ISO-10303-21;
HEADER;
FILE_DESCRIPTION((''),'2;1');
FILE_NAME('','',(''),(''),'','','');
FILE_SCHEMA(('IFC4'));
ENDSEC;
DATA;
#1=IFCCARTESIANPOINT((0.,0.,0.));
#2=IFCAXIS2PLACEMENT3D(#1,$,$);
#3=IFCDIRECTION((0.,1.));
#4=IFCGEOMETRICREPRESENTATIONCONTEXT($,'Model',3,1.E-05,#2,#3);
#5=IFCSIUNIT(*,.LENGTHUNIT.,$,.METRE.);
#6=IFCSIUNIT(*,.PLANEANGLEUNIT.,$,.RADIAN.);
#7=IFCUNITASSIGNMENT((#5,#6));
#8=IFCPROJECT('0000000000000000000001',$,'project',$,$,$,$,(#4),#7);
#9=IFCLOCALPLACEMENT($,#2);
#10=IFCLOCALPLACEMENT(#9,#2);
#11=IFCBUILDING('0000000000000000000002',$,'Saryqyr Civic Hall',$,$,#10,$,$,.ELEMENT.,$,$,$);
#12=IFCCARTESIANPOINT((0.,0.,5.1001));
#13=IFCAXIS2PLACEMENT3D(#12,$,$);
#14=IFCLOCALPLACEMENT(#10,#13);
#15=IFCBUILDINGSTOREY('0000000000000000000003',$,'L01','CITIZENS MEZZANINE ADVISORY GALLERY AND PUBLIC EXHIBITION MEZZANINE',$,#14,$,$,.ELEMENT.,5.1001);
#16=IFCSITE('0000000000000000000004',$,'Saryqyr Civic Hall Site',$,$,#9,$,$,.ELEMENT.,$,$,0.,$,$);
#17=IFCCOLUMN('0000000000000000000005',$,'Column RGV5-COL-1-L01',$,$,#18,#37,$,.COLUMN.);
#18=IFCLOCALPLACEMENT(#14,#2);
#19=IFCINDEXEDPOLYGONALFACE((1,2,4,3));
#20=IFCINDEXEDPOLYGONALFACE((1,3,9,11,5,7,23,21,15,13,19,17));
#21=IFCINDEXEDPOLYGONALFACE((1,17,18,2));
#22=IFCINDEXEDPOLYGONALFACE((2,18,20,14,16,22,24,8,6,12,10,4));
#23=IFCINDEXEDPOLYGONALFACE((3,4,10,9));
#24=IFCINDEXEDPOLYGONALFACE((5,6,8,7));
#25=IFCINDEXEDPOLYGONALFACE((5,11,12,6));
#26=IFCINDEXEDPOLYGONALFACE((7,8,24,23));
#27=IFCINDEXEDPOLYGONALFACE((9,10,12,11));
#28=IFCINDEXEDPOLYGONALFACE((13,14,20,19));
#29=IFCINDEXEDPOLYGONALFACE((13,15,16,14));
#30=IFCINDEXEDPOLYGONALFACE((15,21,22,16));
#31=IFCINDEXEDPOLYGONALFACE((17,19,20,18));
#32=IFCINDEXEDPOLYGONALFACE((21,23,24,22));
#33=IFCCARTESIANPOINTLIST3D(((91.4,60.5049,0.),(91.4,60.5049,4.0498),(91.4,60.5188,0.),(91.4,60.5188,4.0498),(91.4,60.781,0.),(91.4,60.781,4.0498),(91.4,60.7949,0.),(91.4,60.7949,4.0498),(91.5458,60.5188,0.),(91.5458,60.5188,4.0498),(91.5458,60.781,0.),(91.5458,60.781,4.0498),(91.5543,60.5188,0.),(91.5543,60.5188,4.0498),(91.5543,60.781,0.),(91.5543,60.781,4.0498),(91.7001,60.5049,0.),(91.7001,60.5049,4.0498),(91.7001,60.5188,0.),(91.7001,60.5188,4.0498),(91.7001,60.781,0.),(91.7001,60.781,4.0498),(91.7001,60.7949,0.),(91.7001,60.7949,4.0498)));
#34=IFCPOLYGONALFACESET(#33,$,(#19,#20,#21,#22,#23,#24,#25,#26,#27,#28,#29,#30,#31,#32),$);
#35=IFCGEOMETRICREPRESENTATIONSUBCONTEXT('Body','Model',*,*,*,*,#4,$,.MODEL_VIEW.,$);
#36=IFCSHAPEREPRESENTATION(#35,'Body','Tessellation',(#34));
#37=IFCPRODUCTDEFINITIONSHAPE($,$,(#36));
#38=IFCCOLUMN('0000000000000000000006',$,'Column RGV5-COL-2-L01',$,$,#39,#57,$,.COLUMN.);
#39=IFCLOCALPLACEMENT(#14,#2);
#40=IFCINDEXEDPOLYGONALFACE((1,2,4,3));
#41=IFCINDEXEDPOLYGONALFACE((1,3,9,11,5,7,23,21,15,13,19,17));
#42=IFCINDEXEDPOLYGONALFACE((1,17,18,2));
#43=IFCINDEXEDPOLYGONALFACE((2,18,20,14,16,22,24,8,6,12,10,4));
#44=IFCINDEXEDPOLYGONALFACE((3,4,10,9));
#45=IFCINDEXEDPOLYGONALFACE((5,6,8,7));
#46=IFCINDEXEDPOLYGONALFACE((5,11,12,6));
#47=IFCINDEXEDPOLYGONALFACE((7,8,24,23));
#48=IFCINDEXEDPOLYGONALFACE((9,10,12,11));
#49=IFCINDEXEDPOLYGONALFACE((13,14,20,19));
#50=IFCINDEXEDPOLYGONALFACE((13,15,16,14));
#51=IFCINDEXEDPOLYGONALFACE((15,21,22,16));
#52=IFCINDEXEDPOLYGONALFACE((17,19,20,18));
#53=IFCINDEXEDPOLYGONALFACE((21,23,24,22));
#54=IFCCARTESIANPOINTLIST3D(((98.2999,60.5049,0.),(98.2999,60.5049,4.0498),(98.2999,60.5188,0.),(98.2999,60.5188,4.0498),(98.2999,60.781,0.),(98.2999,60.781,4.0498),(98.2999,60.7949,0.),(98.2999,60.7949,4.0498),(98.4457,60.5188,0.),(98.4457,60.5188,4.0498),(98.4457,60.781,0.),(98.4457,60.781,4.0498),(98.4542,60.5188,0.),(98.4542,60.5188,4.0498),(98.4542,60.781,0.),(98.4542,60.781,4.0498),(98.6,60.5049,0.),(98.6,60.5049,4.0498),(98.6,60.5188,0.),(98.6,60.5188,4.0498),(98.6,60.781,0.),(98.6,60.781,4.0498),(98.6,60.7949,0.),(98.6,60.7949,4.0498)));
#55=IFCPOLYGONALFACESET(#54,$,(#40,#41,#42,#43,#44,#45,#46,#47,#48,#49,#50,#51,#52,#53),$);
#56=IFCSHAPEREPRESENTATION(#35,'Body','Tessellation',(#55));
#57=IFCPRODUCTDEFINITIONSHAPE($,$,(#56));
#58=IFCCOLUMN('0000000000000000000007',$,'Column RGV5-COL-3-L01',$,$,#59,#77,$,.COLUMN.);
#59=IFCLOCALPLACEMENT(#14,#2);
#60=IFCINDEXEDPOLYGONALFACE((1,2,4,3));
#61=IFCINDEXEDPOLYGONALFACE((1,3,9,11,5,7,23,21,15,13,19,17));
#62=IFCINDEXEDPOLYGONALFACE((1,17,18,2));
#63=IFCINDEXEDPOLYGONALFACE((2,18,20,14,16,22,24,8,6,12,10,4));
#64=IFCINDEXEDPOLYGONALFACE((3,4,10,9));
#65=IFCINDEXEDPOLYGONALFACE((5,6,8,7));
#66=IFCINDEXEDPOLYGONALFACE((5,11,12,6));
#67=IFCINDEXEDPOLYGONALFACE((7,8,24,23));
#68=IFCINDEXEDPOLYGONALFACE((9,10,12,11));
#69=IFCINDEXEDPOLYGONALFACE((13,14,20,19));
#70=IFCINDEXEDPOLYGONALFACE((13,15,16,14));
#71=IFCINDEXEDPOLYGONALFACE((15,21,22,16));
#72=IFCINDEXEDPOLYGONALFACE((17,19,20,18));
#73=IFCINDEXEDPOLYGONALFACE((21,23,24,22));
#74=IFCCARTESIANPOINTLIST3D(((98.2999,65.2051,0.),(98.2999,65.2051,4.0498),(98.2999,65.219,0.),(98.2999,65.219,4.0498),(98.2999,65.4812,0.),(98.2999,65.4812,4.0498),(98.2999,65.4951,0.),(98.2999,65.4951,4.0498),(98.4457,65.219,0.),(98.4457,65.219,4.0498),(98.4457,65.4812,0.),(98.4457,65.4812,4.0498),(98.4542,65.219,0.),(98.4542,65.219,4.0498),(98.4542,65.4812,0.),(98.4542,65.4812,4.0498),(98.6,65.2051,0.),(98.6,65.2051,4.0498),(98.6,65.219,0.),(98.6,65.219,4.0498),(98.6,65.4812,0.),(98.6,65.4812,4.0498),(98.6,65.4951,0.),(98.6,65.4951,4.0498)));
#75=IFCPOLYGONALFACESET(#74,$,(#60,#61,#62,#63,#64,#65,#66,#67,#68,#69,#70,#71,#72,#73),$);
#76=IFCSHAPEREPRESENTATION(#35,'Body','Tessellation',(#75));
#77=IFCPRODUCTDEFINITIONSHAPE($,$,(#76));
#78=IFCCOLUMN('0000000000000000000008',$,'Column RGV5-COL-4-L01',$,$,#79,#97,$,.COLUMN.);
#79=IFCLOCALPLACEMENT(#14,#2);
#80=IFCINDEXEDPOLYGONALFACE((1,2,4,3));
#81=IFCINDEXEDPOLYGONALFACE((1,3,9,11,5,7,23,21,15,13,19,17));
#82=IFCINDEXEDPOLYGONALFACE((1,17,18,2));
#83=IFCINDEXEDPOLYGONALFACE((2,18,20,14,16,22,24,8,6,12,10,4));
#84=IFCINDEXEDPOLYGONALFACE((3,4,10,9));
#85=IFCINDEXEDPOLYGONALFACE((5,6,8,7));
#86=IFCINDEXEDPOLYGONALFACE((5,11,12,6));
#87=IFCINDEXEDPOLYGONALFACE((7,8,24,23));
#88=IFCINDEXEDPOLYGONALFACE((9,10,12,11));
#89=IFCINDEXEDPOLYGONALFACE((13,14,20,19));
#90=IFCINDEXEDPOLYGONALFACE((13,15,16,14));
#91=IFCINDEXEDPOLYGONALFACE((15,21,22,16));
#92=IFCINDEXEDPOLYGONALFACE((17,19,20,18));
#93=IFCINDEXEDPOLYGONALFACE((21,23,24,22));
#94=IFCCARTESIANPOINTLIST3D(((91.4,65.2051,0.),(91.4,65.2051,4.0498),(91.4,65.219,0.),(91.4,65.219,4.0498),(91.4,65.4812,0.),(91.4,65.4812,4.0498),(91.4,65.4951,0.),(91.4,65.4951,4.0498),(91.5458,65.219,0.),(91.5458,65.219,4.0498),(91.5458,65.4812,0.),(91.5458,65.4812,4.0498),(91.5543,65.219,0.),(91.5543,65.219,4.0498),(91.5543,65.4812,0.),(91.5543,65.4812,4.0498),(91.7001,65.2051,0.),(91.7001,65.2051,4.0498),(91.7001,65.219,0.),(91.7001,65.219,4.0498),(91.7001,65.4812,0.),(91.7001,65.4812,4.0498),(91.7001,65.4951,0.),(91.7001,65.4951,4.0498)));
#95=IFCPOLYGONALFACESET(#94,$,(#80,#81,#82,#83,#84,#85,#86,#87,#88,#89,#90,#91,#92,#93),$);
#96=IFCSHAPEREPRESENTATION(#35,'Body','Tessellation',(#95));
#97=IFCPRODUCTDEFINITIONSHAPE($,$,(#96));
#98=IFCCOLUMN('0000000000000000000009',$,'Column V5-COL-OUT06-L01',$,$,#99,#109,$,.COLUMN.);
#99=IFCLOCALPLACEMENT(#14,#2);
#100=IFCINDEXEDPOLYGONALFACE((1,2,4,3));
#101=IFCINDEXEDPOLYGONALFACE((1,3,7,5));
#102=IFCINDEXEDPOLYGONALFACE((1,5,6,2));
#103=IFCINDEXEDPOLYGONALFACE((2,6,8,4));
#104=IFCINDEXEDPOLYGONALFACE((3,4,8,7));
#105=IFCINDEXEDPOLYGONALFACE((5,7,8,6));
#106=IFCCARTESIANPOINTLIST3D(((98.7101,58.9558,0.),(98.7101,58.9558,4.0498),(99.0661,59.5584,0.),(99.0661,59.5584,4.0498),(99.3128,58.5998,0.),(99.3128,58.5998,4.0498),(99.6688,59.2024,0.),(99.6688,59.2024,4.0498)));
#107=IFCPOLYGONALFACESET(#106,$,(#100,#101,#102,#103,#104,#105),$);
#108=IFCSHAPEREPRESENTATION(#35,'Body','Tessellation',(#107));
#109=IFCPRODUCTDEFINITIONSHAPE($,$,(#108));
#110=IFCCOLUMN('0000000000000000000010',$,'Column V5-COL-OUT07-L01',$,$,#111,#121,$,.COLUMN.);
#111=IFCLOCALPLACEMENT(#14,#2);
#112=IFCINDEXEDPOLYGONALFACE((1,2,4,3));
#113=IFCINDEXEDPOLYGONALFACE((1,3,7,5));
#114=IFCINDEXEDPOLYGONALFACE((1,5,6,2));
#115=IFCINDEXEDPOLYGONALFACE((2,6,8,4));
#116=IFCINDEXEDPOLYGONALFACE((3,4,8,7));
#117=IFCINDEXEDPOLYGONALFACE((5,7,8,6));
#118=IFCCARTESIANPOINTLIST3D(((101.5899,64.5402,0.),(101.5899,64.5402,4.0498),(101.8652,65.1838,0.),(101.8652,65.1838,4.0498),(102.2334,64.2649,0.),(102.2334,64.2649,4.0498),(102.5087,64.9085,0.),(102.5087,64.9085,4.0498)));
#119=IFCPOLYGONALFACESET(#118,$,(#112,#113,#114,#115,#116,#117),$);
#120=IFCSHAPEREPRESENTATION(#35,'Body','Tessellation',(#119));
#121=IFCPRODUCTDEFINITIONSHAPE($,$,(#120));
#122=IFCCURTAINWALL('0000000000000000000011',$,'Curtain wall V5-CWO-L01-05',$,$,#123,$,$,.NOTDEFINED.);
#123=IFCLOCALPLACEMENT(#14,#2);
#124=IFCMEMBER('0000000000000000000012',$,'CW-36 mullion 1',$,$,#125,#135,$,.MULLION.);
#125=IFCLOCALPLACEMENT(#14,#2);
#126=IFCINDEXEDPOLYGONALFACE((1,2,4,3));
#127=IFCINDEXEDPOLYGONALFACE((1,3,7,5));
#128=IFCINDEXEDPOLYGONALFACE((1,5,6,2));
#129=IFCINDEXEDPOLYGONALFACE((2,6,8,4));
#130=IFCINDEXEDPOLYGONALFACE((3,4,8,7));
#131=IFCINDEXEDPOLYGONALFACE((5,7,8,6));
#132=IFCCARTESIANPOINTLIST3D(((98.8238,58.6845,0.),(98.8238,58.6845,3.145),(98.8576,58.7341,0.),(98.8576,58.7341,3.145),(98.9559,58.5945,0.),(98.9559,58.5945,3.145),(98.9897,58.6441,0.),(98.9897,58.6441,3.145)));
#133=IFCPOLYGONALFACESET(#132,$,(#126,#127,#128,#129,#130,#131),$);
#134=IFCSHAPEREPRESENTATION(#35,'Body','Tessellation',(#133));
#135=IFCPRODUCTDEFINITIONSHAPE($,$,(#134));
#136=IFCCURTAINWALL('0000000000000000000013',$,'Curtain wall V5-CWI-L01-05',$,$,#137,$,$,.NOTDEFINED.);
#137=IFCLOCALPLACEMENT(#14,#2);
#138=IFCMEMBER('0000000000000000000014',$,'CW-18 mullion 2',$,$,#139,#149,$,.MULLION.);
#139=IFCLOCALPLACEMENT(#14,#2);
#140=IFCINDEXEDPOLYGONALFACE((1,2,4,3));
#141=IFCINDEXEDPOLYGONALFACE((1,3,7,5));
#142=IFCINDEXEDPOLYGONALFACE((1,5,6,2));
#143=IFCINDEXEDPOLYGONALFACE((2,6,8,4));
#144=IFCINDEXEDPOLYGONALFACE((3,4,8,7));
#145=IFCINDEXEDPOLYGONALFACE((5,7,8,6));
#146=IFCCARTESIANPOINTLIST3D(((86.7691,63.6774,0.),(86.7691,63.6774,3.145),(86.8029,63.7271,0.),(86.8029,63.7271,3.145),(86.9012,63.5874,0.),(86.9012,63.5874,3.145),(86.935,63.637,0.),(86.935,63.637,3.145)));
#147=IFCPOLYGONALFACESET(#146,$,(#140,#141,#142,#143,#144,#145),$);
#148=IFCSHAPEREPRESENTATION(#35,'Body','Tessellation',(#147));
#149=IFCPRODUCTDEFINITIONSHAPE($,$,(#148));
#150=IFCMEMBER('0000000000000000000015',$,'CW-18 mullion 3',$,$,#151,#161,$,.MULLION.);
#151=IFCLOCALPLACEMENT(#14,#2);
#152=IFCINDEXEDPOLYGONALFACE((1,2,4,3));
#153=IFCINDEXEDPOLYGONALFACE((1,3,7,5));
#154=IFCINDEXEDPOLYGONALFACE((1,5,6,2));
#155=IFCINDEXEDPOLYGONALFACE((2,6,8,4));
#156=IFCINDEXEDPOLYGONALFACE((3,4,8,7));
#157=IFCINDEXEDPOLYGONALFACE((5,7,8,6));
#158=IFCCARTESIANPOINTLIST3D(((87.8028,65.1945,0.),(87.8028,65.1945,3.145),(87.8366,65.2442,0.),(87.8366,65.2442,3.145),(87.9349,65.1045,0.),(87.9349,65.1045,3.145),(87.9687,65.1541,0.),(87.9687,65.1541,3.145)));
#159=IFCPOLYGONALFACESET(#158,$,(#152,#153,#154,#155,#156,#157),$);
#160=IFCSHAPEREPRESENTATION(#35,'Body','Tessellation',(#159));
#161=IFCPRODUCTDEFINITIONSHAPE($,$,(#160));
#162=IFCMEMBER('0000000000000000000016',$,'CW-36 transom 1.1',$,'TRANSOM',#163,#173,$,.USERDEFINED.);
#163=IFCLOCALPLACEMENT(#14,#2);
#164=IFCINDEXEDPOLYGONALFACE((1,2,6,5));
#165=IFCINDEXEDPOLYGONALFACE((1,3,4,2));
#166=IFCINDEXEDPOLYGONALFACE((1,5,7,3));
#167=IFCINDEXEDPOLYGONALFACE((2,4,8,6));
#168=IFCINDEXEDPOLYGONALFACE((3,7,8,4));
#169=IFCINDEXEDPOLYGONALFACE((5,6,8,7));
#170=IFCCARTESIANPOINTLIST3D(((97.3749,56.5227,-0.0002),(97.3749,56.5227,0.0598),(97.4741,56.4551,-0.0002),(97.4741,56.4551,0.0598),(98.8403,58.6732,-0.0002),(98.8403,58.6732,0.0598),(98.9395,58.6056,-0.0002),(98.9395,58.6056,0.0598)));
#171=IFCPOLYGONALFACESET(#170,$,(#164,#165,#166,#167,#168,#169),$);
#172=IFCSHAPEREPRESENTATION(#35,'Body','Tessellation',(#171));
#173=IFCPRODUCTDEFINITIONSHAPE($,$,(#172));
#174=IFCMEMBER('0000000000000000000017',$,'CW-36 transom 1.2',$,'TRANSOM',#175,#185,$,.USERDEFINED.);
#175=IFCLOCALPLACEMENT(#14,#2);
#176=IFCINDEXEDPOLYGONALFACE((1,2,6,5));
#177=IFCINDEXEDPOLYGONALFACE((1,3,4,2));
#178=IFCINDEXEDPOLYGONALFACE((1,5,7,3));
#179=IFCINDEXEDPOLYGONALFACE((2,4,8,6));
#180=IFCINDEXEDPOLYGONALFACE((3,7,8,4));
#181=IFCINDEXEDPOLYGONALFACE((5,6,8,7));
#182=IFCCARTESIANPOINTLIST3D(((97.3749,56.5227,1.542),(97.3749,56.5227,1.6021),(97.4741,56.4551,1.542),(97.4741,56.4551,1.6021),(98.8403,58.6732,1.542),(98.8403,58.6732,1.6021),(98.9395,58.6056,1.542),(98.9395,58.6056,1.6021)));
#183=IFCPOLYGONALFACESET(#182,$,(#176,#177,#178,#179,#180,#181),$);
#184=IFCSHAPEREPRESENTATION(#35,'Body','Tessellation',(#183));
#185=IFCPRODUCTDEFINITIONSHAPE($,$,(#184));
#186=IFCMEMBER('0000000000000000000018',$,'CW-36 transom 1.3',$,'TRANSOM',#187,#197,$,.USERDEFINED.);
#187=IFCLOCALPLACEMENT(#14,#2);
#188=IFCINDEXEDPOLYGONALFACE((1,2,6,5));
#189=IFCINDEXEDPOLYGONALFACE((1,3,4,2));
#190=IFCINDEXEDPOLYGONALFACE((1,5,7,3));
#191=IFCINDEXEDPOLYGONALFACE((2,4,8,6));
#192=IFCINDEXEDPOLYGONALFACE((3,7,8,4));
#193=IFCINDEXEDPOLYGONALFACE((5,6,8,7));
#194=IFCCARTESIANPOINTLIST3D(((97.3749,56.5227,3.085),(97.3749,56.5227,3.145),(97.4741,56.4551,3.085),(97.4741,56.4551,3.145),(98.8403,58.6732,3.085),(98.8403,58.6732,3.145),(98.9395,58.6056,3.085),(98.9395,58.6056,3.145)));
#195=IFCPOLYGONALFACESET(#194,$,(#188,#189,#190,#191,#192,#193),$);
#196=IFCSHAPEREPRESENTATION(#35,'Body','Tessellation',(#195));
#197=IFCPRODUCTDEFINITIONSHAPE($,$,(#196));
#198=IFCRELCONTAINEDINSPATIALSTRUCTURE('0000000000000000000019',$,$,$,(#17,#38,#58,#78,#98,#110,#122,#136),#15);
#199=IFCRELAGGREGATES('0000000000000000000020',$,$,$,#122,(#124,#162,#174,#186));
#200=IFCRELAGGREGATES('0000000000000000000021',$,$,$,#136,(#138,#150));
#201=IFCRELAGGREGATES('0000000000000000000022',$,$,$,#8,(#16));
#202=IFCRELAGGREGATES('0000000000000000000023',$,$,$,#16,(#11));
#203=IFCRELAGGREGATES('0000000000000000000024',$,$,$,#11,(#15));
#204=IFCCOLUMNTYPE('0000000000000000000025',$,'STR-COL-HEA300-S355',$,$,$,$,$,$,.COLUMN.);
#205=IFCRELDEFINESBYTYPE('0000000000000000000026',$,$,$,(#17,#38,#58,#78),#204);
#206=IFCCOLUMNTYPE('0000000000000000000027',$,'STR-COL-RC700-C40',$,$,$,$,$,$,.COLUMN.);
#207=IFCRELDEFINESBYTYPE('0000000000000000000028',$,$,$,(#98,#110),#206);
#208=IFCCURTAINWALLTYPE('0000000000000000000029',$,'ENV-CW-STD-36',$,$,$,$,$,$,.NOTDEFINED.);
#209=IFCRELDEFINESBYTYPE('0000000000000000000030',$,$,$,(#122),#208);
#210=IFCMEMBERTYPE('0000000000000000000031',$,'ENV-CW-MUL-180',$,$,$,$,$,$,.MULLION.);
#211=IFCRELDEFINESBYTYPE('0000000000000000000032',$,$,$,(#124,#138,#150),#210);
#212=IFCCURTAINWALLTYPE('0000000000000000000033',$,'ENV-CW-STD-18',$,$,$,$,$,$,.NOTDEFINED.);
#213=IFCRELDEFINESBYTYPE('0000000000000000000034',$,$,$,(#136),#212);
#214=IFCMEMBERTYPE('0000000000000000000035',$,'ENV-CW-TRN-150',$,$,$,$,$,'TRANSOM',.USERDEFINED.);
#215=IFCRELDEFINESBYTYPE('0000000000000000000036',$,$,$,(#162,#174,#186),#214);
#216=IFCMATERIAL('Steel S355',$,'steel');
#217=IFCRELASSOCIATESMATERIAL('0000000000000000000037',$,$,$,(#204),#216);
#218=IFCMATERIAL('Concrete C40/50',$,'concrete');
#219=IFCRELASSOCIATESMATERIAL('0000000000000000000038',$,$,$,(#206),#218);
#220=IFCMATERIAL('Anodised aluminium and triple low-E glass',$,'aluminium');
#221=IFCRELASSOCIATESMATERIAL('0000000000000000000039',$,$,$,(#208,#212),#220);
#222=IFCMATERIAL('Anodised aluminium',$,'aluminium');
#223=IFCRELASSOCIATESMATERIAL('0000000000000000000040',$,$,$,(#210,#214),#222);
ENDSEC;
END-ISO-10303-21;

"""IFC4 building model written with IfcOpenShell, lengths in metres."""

from ifc_helpers import new_model, si_unit, direction, frame, origin, origin_2d, place, context, subcontext, project, spatial, rectangle, i_section, extrude, material, material_profile, profile_set, type_object, element, aggregate, save


model = new_model("IFC4")

# Units and contexts
model_context = context("Model", 3, precision=1e-05, world=origin(), true_north=direction((0.0, 1.0)))
body_context = subcontext(model_context, "Body", "Model", "MODEL_VIEW")
ifc_project = project(units=[si_unit("LENGTHUNIT", "METRE"), si_unit("PLANEANGLEUNIT", "RADIAN")], contexts=[model_context])

# Site, building, storey
site_placement = place(None, origin())
site = spatial("IfcSite", under=ifc_project, at=site_placement, Name="Saryqyr Civic Hall Site", CompositionType="ELEMENT", RefElevation=0.0)
building_placement = place(site_placement, origin())
building = spatial("IfcBuilding", under=site, at=building_placement, Name="Saryqyr Civic Hall", CompositionType="ELEMENT")
storey_placement = place(building_placement, frame((0.0, 0.0, 5.1001)))
storey = spatial("IfcBuildingStorey", under=building, at=storey_placement, Name="L01", Description="CITIZENS MEZZANINE ADVISORY GALLERY AND PUBLIC EXHIBITION MEZZANINE", CompositionType="ELEMENT", Elevation=5.1001)

# Columns
ifc_material_1 = material(Name="Steel S355", Category="steel")
ifc_material_profile_1 = material_profile(ifc_material_1, i_section(OverallWidth=0.3, OverallDepth=0.29, WebThickness=0.0085, FlangeThickness=0.0139, at=origin_2d()), Name="HEA 300")
ifc_profile_set_1 = profile_set([ifc_material_profile_1], Name="Steel S355")
column_type_1 = type_object("IfcColumnType", Name="STR-COL-HEA300-S355", PredefinedType="COLUMN", material=ifc_profile_set_1)
for number, where, z_axis, x_axis, name in (
    (1, (91.55, 60.6499, 0.0), (0.0, 0.0, 1.0), (1.0, 0.0, 0.0), "Column RGV5-COL-1-L01"),
    (2, (98.45, 60.6499, 0.0), (0.0, 0.0, 1.0), (1.0, 0.0, 0.0), "Column RGV5-COL-2-L01"),
    (3, (98.45, 65.3501, 0.0), (0.0, 0.0, 1.0), (1.0, 0.0, 0.0), "Column RGV5-COL-3-L01"),
    (4, (91.55, 65.3501, 0.0), (0.0, 0.0, 1.0), (1.0, 0.0, 0.0), "Column RGV5-COL-4-L01"),
):
    element("IfcColumn", number, at=place(storey_placement, frame(where, z_axis=z_axis, x_axis=x_axis)), inside=storey, type_object=column_type_1, Name=name, PredefinedType="COLUMN", context=body_context, shape_type="SweptSolid", body=[
        extrude(i_section(OverallWidth=0.3, OverallDepth=0.29, WebThickness=0.0085, FlangeThickness=0.0139, at=origin_2d()), origin(), (0.0, 0.0, 1.0), 4.0498),
    ])
ifc_material_2 = material(Name="Concrete C40/50", Category="concrete")
ifc_material_profile_2 = material_profile(ifc_material_2, rectangle(XDim=0.7, YDim=0.7, at=origin_2d()), Name="RC 700x700")
ifc_profile_set_2 = profile_set([ifc_material_profile_2], Name="Concrete C40/50")
column_type_2 = type_object("IfcColumnType", Name="STR-COL-RC700-C40", PredefinedType="COLUMN", material=ifc_profile_set_2)
for number, where, z_axis, x_axis, name in (
    (5, (99.1895, 59.0791, 0.0), (0.0, 0.0, 1.0), (0.861008, -0.508591, 0.0), "Column V5-COL-OUT06-L01"),
    (6, (102.0493, 64.7244, 0.0), (0.0, 0.0, 1.0), (0.91941, -0.3933, 0.0), "Column V5-COL-OUT07-L01"),
):
    element("IfcColumn", number, at=place(storey_placement, frame(where, z_axis=z_axis, x_axis=x_axis)), inside=storey, type_object=column_type_2, Name=name, PredefinedType="COLUMN", context=body_context, shape_type="SweptSolid", body=[
        extrude(rectangle(XDim=0.7, YDim=0.7, at=origin_2d()), origin(), (0.0, 0.0, 1.0), 4.0498),
    ])

# Curtain wall, member
ifc_material_3 = material(Name="Anodised aluminium and triple low-E glass", Category="aluminium")
curtain_wall_type_1 = type_object("IfcCurtainWallType", Name="ENV-CW-STD-36", PredefinedType="NOTDEFINED", material=ifc_material_3)
curtain_wall_1_placement = place(storey_placement, origin())
curtain_wall_1 = element("IfcCurtainWall", 7, at=curtain_wall_1_placement, inside=storey, type_object=curtain_wall_type_1, Name="Curtain wall V5-CWO-L01-05", PredefinedType="NOTDEFINED")
ifc_material_4 = material(Name="Anodised aluminium", Category="aluminium")
ifc_material_profile_3 = material_profile(ifc_material_4, rectangle(XDim=0.0601, YDim=0.1599, at=origin_2d()), Name="ALU MULLION 60x160")
ifc_profile_set_3 = profile_set([ifc_material_profile_3], Name="Anodised aluminium")
member_type_1 = type_object("IfcMemberType", Name="ENV-CW-MUL-180", PredefinedType="MULLION", material=ifc_profile_set_3)
member_1_placement = place(storey_placement, frame((98.9067, 58.6643, 0.0), z_axis=(0.0, 0.0, 1.0), x_axis=(-0.56311, -0.826382, 0.0)))
member_1 = element("IfcMember", 8, at=member_1_placement, type_object=member_type_1, Name="CW-36 mullion 1", PredefinedType="MULLION", context=body_context, shape_type="SweptSolid", body=[
    extrude(rectangle(XDim=0.0601, YDim=0.1599, at=origin_2d()), origin(), (0.0, 0.0, 1.0), 3.145),
])

# Curtain wall, members
curtain_wall_type_2 = type_object("IfcCurtainWallType", Name="ENV-CW-STD-18", PredefinedType="NOTDEFINED", material=ifc_material_3)
curtain_wall_2_placement = place(storey_placement, origin())
curtain_wall_2 = element("IfcCurtainWall", 9, at=curtain_wall_2_placement, inside=storey, type_object=curtain_wall_type_2, Name="Curtain wall V5-CWI-L01-05", PredefinedType="NOTDEFINED")
member_2_placement = place(storey_placement, frame((86.8521, 63.6572, 0.0), z_axis=(0.0, 0.0, 1.0), x_axis=(0.56312, 0.826375, 0.0)))
member_2 = element("IfcMember", 10, at=member_2_placement, type_object=member_type_1, Name="CW-18 mullion 2", PredefinedType="MULLION", context=body_context, shape_type="SweptSolid", body=[
    extrude(rectangle(XDim=0.0601, YDim=0.1599, at=origin_2d()), origin(), (0.0, 0.0, 1.0), 3.145),
])
member_3_placement = place(storey_placement, frame((87.8857, 65.1743, 0.0), z_axis=(0.0, 0.0, 1.0), x_axis=(0.56312, 0.826375, 0.0)))
member_3 = element("IfcMember", 11, at=member_3_placement, type_object=member_type_1, Name="CW-18 mullion 3", PredefinedType="MULLION", context=body_context, shape_type="SweptSolid", body=[
    extrude(rectangle(XDim=0.0601, YDim=0.1599, at=origin_2d()), origin(), (0.0, 0.0, 1.0), 3.145),
])

# Members
ifc_material_profile_4 = material_profile(ifc_material_4, rectangle(XDim=0.1201, YDim=0.0601, at=origin_2d()), Name="ALU TRANSOM 120x60")
ifc_profile_set_4 = profile_set([ifc_material_profile_4], Name="Anodised aluminium")
member_type_2 = type_object("IfcMemberType", Name="ENV-CW-TRN-150", ElementType="TRANSOM", PredefinedType="USERDEFINED", material=ifc_profile_set_4)
member_4_placement = place(storey_placement, frame((98.8899, 58.6394, 0.0298), z_axis=(-0.563116, -0.826378, 0.0), x_axis=(0.826378, -0.563116, 0.0)))
member_4 = element("IfcMember", 12, at=member_4_placement, type_object=member_type_2, Name="CW-36 transom 1.1", ObjectType="TRANSOM", PredefinedType="USERDEFINED", context=body_context, shape_type="SweptSolid", body=[
    extrude(rectangle(XDim=0.1201, YDim=0.0601, at=origin_2d()), origin(), (0.0, 0.0, 1.0), 2.6023),
])
member_5_placement = place(storey_placement, frame((98.8899, 58.6394, 1.572), z_axis=(-0.563116, -0.826378, 0.0), x_axis=(0.826378, -0.563116, 0.0)))
member_5 = element("IfcMember", 13, at=member_5_placement, type_object=member_type_2, Name="CW-36 transom 1.2", ObjectType="TRANSOM", PredefinedType="USERDEFINED", context=body_context, shape_type="SweptSolid", body=[
    extrude(rectangle(XDim=0.1201, YDim=0.0601, at=origin_2d()), origin(), (0.0, 0.0, 1.0), 2.6023),
])
member_6_placement = place(storey_placement, frame((98.8899, 58.6394, 3.115), z_axis=(-0.563116, -0.826378, 0.0), x_axis=(0.826378, -0.563116, 0.0)))
member_6 = element("IfcMember", 14, at=member_6_placement, type_object=member_type_2, Name="CW-36 transom 1.3", ObjectType="TRANSOM", PredefinedType="USERDEFINED", context=body_context, shape_type="SweptSolid", body=[
    extrude(rectangle(XDim=0.1201, YDim=0.0601, at=origin_2d()), origin(), (0.0, 0.0, 1.0), 2.6023),
])
aggregate(curtain_wall_1, [member_1, member_4, member_5, member_6])

aggregate(curtain_wall_2, [member_2, member_3])

save(model, "model.ifc")
